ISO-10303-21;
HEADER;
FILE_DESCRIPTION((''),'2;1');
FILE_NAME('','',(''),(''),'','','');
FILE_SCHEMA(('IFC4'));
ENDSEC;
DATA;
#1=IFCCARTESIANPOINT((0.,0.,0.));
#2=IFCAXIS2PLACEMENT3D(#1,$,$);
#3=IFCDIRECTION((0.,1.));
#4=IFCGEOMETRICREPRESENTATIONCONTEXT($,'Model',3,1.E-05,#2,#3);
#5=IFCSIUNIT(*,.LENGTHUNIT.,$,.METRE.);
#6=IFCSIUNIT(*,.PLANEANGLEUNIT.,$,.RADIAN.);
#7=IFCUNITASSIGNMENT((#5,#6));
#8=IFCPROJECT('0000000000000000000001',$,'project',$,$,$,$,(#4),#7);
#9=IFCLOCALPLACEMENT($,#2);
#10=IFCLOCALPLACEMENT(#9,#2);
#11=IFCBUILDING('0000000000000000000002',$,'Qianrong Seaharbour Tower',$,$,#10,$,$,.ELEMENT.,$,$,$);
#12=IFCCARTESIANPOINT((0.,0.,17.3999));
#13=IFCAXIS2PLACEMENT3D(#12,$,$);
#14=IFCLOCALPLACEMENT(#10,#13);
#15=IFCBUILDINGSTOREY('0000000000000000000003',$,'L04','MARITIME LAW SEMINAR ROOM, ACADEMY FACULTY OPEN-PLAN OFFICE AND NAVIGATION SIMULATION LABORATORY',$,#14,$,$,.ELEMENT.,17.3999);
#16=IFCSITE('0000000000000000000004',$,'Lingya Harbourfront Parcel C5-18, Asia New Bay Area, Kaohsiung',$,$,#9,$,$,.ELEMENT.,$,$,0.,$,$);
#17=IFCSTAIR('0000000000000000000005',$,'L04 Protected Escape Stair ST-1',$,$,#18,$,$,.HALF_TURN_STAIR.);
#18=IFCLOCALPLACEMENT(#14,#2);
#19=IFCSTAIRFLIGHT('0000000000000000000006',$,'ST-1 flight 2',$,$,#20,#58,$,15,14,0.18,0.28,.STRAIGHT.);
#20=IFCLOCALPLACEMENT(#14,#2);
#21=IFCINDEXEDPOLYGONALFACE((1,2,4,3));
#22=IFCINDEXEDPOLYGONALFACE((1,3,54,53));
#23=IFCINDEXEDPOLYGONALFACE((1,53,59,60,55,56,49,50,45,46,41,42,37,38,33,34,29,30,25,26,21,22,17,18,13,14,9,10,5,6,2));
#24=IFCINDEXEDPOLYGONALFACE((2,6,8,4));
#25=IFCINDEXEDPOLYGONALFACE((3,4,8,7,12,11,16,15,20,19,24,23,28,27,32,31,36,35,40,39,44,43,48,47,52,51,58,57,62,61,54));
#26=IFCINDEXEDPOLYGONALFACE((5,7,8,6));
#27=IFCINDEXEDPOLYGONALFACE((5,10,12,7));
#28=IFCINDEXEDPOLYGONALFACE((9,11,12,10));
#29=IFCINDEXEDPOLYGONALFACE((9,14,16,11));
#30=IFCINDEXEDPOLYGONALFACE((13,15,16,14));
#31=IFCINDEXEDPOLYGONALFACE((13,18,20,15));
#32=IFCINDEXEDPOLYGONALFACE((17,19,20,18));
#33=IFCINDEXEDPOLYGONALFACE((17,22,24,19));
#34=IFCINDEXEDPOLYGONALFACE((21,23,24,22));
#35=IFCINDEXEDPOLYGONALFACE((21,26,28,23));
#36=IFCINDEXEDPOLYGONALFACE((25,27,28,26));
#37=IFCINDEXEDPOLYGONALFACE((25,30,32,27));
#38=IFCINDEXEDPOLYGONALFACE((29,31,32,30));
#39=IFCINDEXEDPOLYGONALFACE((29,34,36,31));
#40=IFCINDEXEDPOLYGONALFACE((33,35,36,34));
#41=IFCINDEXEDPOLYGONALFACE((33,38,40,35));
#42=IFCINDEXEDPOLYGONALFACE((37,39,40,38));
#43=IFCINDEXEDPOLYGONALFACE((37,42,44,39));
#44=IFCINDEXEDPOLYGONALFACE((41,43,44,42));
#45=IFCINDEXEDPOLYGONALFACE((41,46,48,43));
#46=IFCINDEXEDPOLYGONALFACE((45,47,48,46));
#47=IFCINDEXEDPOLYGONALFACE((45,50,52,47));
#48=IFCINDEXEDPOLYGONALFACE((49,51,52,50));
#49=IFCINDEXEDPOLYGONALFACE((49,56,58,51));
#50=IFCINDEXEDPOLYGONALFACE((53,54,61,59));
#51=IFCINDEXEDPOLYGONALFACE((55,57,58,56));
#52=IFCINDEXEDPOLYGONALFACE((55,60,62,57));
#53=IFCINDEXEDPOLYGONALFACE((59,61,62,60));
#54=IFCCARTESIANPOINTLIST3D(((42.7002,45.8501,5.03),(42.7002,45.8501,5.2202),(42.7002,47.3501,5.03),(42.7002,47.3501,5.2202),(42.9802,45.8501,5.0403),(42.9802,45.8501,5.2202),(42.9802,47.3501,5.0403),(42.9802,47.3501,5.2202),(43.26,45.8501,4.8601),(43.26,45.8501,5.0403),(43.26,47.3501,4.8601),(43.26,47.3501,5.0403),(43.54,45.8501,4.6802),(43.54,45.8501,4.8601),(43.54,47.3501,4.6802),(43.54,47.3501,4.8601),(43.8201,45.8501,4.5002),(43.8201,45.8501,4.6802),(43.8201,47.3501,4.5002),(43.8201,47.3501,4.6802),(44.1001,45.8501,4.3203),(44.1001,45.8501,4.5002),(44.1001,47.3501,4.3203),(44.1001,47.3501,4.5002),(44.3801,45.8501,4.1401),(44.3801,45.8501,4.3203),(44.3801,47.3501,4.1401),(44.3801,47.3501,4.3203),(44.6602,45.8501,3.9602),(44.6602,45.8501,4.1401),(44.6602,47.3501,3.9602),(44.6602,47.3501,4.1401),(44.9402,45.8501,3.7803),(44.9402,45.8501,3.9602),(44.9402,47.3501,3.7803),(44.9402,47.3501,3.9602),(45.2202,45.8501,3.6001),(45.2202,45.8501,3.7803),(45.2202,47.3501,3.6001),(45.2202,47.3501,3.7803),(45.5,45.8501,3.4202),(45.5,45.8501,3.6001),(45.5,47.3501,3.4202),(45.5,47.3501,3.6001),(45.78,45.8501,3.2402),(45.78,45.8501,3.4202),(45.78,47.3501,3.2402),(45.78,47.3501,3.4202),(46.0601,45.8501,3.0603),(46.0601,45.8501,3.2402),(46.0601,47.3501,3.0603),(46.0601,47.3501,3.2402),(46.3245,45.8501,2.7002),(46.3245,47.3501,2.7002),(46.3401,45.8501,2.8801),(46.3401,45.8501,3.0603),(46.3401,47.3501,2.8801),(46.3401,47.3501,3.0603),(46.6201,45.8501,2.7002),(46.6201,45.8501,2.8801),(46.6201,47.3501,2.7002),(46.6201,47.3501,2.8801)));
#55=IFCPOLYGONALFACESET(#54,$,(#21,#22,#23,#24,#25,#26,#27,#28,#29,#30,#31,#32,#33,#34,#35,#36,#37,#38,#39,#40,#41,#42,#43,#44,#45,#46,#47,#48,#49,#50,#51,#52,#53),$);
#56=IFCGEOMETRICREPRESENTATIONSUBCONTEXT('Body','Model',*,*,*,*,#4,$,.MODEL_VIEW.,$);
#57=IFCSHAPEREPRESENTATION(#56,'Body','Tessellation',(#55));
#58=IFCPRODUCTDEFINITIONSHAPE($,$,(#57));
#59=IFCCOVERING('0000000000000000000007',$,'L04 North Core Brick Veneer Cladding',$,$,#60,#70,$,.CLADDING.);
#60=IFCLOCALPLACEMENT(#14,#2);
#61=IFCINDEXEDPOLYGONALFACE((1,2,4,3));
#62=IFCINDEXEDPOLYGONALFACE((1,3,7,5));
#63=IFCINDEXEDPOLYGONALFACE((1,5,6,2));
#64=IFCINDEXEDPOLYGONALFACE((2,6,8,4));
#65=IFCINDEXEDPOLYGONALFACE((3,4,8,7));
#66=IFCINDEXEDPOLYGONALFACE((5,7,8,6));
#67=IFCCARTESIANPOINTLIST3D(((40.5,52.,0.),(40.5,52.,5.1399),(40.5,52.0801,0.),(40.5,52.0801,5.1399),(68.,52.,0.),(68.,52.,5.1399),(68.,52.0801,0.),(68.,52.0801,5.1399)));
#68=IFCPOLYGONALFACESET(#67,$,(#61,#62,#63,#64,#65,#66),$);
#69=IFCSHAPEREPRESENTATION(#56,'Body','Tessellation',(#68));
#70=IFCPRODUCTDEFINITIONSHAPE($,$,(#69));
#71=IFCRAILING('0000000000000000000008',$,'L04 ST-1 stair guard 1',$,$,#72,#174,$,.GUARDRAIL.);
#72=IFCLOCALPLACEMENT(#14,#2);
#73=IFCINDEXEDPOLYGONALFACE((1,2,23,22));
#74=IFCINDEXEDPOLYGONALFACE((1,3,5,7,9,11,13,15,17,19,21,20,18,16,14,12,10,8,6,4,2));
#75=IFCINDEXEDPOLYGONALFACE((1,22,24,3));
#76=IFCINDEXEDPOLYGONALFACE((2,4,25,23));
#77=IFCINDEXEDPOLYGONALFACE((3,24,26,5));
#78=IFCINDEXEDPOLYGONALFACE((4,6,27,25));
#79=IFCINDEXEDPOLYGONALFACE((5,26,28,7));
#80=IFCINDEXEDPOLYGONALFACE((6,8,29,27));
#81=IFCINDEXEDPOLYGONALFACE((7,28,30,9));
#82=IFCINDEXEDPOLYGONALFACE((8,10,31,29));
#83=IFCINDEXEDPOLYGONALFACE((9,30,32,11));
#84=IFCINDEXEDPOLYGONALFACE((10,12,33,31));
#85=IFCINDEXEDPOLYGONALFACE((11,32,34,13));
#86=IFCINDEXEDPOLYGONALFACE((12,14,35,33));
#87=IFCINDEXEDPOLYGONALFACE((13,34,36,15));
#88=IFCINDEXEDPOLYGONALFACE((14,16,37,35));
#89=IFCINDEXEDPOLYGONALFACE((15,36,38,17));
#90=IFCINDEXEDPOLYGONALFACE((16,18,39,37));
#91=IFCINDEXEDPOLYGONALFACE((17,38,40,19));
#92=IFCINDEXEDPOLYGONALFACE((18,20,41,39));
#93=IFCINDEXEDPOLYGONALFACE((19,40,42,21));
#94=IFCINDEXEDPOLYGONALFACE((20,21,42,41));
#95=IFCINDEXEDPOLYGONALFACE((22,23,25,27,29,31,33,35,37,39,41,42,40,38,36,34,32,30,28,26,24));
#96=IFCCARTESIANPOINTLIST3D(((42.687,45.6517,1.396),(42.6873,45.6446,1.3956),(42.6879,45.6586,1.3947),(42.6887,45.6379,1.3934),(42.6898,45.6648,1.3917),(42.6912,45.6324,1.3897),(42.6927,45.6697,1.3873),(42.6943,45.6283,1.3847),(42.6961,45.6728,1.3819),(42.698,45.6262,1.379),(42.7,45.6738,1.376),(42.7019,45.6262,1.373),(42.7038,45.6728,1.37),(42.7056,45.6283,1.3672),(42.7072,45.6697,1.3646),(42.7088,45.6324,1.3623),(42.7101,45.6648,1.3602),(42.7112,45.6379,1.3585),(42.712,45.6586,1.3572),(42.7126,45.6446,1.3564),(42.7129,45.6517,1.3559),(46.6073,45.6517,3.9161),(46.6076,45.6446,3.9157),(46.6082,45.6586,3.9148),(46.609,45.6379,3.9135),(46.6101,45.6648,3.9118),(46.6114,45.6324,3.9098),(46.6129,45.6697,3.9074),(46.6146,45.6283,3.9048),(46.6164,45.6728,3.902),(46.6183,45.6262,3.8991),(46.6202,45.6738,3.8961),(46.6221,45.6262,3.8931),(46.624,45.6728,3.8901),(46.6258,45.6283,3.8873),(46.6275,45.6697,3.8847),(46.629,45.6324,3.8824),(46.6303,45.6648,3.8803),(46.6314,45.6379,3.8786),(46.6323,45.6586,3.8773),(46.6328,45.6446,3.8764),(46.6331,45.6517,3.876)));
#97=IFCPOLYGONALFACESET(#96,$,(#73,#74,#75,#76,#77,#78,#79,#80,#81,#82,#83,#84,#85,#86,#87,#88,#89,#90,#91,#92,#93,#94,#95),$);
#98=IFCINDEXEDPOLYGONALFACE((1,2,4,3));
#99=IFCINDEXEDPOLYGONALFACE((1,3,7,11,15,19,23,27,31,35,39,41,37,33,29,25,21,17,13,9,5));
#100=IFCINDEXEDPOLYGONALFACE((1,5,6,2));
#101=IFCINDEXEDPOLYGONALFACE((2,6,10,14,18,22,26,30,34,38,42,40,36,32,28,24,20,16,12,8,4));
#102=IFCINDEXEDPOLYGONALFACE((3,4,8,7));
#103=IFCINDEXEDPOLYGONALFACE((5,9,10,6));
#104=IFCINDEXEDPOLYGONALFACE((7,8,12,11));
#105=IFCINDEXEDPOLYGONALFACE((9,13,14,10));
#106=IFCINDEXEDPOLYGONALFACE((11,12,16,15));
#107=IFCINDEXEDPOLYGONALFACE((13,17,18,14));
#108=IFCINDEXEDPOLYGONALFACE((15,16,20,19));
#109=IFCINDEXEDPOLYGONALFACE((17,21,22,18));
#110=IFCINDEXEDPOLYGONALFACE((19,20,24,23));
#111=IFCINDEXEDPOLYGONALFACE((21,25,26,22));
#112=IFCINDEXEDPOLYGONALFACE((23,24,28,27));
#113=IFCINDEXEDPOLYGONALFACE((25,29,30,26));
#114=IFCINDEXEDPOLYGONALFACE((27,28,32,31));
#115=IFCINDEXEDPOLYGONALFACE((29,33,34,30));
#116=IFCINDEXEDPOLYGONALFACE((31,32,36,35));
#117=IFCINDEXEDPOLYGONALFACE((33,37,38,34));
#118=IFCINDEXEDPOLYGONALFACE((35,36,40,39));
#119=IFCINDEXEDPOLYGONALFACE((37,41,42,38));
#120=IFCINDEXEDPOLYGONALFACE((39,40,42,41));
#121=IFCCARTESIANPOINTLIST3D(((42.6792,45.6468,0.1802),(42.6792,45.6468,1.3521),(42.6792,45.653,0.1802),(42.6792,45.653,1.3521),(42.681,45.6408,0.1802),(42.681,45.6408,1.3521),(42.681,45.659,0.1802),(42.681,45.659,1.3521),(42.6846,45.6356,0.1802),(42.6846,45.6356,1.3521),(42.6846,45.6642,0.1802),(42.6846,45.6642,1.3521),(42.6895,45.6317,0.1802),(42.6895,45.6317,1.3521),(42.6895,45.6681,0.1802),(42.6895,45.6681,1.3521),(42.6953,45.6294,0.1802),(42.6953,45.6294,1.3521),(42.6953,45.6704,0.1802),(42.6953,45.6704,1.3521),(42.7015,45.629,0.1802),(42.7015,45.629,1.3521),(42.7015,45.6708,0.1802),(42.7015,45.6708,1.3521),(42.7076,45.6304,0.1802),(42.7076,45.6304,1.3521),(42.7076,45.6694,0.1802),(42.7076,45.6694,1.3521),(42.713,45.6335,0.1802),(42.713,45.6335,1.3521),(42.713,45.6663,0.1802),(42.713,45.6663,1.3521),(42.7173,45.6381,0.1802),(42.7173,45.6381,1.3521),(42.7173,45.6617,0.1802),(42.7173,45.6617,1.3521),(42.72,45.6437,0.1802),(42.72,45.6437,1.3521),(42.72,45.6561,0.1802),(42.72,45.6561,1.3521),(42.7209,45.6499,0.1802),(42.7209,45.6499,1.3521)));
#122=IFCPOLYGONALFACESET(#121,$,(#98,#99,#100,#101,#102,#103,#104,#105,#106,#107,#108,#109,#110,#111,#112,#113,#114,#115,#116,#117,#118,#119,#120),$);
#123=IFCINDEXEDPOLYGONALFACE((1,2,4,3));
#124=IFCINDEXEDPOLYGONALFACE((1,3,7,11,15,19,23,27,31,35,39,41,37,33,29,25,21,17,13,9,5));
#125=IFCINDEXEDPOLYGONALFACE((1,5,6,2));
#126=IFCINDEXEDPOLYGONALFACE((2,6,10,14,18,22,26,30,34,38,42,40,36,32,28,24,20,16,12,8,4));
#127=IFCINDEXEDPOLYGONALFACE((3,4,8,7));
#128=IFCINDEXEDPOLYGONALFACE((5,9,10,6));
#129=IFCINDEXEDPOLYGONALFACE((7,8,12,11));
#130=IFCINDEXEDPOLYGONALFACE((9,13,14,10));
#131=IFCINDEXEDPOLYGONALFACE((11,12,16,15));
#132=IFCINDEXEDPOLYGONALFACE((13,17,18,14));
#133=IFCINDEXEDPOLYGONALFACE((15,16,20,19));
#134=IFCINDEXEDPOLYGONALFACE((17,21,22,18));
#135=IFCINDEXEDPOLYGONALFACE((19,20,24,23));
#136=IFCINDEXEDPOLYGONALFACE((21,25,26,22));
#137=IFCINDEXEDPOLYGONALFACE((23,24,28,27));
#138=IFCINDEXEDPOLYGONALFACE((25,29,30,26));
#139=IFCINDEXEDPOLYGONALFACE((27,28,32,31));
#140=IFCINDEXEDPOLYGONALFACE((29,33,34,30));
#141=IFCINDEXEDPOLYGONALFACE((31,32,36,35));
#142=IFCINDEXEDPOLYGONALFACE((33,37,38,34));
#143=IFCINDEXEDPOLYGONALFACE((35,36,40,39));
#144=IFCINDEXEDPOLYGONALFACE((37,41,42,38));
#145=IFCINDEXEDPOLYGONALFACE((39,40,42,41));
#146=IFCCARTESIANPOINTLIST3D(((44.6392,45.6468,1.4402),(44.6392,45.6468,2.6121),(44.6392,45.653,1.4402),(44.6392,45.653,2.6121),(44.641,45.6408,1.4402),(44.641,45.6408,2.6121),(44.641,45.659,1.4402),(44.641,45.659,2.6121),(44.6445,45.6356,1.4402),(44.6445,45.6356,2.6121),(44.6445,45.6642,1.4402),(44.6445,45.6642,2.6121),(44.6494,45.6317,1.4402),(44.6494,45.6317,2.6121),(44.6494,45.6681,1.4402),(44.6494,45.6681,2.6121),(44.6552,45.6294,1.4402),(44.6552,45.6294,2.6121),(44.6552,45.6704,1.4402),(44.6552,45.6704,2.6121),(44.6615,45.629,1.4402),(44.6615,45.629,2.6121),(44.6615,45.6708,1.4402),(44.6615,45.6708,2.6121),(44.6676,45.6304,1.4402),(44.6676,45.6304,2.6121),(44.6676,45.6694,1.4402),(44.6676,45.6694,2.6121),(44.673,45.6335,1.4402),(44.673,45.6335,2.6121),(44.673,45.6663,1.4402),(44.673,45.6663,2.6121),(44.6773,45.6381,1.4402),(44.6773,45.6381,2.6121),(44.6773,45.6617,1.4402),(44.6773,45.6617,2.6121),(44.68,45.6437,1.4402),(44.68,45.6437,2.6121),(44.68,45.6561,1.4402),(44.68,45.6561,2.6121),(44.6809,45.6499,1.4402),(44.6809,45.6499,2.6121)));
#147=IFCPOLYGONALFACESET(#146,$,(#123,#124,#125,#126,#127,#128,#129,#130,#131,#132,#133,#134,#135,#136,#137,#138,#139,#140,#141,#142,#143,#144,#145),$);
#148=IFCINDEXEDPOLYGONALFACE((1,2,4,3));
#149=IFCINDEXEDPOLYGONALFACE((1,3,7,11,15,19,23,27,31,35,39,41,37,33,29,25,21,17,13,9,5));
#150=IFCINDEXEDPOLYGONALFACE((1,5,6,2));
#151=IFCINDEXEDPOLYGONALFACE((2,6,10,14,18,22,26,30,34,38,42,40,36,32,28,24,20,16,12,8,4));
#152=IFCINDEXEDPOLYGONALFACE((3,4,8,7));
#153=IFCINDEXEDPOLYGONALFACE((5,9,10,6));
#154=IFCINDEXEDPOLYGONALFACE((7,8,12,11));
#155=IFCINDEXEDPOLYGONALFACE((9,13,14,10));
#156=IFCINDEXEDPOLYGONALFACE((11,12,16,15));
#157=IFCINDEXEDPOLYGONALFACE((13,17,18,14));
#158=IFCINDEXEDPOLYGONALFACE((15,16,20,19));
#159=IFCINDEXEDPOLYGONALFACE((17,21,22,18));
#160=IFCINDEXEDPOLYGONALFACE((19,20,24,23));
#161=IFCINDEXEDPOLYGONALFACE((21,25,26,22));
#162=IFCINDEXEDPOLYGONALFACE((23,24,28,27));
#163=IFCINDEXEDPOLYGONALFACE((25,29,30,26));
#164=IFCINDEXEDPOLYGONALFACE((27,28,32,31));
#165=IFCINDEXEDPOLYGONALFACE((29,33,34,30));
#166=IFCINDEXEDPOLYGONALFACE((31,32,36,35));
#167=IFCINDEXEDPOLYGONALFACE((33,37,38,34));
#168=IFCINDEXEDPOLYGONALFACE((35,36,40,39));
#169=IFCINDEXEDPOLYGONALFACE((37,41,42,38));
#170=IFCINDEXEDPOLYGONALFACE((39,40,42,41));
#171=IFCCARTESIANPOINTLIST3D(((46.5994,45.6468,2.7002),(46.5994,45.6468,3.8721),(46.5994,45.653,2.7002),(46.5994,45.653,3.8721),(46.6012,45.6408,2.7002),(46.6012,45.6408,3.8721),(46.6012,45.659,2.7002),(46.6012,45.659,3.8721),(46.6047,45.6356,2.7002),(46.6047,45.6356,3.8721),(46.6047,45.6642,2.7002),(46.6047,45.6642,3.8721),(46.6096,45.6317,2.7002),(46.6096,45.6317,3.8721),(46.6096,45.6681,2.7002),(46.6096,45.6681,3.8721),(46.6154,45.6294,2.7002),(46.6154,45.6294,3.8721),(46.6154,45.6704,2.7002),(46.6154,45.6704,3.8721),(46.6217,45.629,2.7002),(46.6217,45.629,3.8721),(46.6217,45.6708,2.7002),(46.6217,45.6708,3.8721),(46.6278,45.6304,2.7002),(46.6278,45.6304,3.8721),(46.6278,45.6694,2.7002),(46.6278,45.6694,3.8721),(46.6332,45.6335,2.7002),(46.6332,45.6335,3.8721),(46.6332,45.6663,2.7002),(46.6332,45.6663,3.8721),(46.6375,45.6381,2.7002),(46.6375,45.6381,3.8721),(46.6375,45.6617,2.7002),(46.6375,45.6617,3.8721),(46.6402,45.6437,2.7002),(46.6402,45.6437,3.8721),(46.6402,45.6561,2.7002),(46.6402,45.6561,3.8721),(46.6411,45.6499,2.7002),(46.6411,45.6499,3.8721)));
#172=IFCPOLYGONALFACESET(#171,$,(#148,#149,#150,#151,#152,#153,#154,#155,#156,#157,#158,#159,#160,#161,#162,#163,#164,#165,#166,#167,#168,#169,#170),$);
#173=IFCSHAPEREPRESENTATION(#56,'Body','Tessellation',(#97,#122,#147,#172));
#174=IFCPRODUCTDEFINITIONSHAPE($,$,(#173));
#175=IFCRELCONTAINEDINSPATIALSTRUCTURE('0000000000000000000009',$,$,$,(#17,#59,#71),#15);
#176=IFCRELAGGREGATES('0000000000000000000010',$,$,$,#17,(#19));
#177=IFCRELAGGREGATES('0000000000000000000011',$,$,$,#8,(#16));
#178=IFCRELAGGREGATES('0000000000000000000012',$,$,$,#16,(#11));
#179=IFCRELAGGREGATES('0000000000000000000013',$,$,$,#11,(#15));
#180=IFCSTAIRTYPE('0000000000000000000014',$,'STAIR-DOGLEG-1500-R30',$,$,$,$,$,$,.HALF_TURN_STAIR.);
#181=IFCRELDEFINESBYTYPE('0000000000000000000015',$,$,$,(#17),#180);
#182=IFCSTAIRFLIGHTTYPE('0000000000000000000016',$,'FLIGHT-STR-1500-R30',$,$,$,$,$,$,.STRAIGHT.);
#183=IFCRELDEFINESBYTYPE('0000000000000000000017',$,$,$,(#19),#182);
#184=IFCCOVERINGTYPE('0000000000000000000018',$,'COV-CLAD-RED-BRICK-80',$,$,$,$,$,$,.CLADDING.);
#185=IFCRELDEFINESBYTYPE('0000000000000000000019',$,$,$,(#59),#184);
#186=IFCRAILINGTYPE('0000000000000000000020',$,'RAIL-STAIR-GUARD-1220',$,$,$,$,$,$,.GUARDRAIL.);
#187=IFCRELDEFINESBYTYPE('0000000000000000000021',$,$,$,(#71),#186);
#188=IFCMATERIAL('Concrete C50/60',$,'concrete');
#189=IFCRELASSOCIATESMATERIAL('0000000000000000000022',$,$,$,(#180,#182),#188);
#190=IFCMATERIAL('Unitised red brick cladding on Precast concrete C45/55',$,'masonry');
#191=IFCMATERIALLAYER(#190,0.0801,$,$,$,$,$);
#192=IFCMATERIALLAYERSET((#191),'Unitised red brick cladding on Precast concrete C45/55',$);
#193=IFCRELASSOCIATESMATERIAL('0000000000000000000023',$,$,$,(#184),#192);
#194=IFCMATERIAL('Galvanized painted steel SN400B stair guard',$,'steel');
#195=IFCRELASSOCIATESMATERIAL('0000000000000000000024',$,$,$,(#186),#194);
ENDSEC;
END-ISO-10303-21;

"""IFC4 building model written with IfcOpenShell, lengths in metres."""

from ifc_helpers import new_model, si_unit, direction, frame, origin, origin_2d, place, context, subcontext, project, spatial, polyline, rectangle, circle, outline, extrude, material, layer, layer_set, type_object, element, aggregate, save


model = new_model("IFC4")

# Units and contexts
model_context = context("Model", 3, precision=1e-05, world=origin(), true_north=direction((0.0, 1.0)))
body_context = subcontext(model_context, "Body", "Model", "MODEL_VIEW")
ifc_project = project(units=[si_unit("LENGTHUNIT", "METRE"), si_unit("PLANEANGLEUNIT", "RADIAN")], contexts=[model_context])

# Site, building, storey
site_placement = place(None, origin())
site = spatial("IfcSite", under=ifc_project, at=site_placement, Name="Lingya Harbourfront Parcel C5-18, Asia New Bay Area, Kaohsiung", CompositionType="ELEMENT", RefElevation=0.0)
building_placement = place(site_placement, origin())
building = spatial("IfcBuilding", under=site, at=building_placement, Name="Qianrong Seaharbour Tower", CompositionType="ELEMENT")
storey_placement = place(building_placement, frame((0.0, 0.0, 17.3999)))
storey = spatial("IfcBuildingStorey", under=building, at=storey_placement, Name="L04", Description="MARITIME LAW SEMINAR ROOM, ACADEMY FACULTY OPEN-PLAN OFFICE AND NAVIGATION SIMULATION LABORATORY", CompositionType="ELEMENT", Elevation=17.3999)

# Shared definitions
ifc_material_1 = material(Name="Concrete C50/60", Category="concrete")

# Stair, stair flight
stair_type = type_object("IfcStairType", Name="STAIR-DOGLEG-1500-R30", PredefinedType="HALF_TURN_STAIR", material=ifc_material_1)
stair_placement = place(storey_placement, origin())
stair = element("IfcStair", 1, at=stair_placement, inside=storey, type_object=stair_type, Name="L04 Protected Escape Stair ST-1", PredefinedType="HALF_TURN_STAIR")
stair_flight_type = type_object("IfcStairFlightType", Name="FLIGHT-STR-1500-R30", PredefinedType="STRAIGHT", material=ifc_material_1)
stair_flight_1_placement = place(storey_placement, frame((46.6201, 46.6001, 2.7002), z_axis=(0.0, 0.0, 1.0), x_axis=(-1.0, 0.0, 0.0)))
stair_flight_1 = element("IfcStairFlight", 2, at=stair_flight_1_placement, type_object=stair_flight_type, Name="ST-1 flight 2", NumberOfRisers=15, NumberOfTreads=14, PredefinedType="STRAIGHT", RiserHeight=0.18, TreadLength=0.28, context=body_context, shape_type="SweptSolid", body=[
    extrude(outline(polyline([(0.0, 0.0), (0.0, 0.1799), (0.28, 0.1799), (0.28, 0.3601), (0.5601, 0.3601), (0.5601, 0.54), (0.8401, 0.54), (0.8401, 0.72), (1.1201, 0.72), (1.1201, 0.8999), (1.3999, 0.8999), (1.3999, 1.0801), (1.6799, 1.0801), (1.6799, 1.26), (1.96, 1.26), (1.96, 1.4399), (2.24, 1.4399), (2.24, 1.6201), (2.52, 1.6201), (2.52, 1.8), (2.8, 1.8), (2.8, 1.98), (3.0801, 1.98), (3.0801, 2.1599), (3.3601, 2.1599), (3.3601, 2.3401), (3.6399, 2.3401), (3.6399, 2.52), (3.9199, 2.52), (3.9199, 2.7), (3.9199, 2.3298), (0.2957, 0.0), (0.0, 0.0)])), frame((0.0, 0.75, 0.0), z_axis=(0.0, -1.0, 0.0), x_axis=(1.0, 0.0, 0.0)), (0.0, 0.0, 1.0), 1.5),
])
aggregate(stair, [stair_flight_1])

# Covering
ifc_material_2 = material(Name="Unitised red brick cladding on Precast concrete C45/55", Category="masonry")
ifc_layer_1 = layer(ifc_material_2, 0.0801)
ifc_layer_set_1 = layer_set([ifc_layer_1], Name="Unitised red brick cladding on Precast concrete C45/55")
covering_type = type_object("IfcCoveringType", Name="COV-CLAD-RED-BRICK-80", PredefinedType="CLADDING", material=ifc_layer_set_1)
covering_placement = place(storey_placement, frame((54.25, 52.04, 0.0), z_axis=(0.0, 0.0, 1.0), x_axis=(1.0, 0.0, 0.0)))
element("IfcCovering", 3, at=covering_placement, inside=storey, type_object=covering_type, Name="L04 North Core Brick Veneer Cladding", PredefinedType="CLADDING", context=body_context, shape_type="SweptSolid", body=[
    extrude(rectangle(XDim=27.5, YDim=0.0801, at=origin_2d()), origin(), (0.0, 0.0, 1.0), 5.1399),
])

# Railing
ifc_material_3 = material(Name="Galvanized painted steel SN400B stair guard", Category="steel")
railing_type_1 = type_object("IfcRailingType", Name="RAIL-STAIR-GUARD-1220", PredefinedType="GUARDRAIL", material=ifc_material_3)
railing_1_placement = place(storey_placement, frame((42.7, 45.6499, 0.1802)))
element("IfcRailing", 4, at=railing_1_placement, inside=storey, type_object=railing_type_1, Name="L04 ST-1 stair guard 1", PredefinedType="GUARDRAIL", context=body_context, shape_type="SweptSolid", body=[
    extrude(circle(Radius=0.0239, at=origin_2d()), frame((0.0, 0.0, 1.1958), z_axis=(0.841187, 0.0, 0.540744), x_axis=(0.0, 1.0, 0.0)), (0.0, 0.0, 1.0), 4.6604),
    extrude(circle(Radius=0.021, at=origin_2d()), origin(), (0.0, 0.0, 1.0), 1.1719),
    extrude(circle(Radius=0.021, at=origin_2d()), frame((1.96, 0.0, 1.26)), (0.0, 0.0, 1.0), 1.1719),
    extrude(circle(Radius=0.021, at=origin_2d()), frame((3.9202, 0.0, 2.52)), (0.0, 0.0, 1.0), 1.1719),
])

save(model, "model.ifc")
